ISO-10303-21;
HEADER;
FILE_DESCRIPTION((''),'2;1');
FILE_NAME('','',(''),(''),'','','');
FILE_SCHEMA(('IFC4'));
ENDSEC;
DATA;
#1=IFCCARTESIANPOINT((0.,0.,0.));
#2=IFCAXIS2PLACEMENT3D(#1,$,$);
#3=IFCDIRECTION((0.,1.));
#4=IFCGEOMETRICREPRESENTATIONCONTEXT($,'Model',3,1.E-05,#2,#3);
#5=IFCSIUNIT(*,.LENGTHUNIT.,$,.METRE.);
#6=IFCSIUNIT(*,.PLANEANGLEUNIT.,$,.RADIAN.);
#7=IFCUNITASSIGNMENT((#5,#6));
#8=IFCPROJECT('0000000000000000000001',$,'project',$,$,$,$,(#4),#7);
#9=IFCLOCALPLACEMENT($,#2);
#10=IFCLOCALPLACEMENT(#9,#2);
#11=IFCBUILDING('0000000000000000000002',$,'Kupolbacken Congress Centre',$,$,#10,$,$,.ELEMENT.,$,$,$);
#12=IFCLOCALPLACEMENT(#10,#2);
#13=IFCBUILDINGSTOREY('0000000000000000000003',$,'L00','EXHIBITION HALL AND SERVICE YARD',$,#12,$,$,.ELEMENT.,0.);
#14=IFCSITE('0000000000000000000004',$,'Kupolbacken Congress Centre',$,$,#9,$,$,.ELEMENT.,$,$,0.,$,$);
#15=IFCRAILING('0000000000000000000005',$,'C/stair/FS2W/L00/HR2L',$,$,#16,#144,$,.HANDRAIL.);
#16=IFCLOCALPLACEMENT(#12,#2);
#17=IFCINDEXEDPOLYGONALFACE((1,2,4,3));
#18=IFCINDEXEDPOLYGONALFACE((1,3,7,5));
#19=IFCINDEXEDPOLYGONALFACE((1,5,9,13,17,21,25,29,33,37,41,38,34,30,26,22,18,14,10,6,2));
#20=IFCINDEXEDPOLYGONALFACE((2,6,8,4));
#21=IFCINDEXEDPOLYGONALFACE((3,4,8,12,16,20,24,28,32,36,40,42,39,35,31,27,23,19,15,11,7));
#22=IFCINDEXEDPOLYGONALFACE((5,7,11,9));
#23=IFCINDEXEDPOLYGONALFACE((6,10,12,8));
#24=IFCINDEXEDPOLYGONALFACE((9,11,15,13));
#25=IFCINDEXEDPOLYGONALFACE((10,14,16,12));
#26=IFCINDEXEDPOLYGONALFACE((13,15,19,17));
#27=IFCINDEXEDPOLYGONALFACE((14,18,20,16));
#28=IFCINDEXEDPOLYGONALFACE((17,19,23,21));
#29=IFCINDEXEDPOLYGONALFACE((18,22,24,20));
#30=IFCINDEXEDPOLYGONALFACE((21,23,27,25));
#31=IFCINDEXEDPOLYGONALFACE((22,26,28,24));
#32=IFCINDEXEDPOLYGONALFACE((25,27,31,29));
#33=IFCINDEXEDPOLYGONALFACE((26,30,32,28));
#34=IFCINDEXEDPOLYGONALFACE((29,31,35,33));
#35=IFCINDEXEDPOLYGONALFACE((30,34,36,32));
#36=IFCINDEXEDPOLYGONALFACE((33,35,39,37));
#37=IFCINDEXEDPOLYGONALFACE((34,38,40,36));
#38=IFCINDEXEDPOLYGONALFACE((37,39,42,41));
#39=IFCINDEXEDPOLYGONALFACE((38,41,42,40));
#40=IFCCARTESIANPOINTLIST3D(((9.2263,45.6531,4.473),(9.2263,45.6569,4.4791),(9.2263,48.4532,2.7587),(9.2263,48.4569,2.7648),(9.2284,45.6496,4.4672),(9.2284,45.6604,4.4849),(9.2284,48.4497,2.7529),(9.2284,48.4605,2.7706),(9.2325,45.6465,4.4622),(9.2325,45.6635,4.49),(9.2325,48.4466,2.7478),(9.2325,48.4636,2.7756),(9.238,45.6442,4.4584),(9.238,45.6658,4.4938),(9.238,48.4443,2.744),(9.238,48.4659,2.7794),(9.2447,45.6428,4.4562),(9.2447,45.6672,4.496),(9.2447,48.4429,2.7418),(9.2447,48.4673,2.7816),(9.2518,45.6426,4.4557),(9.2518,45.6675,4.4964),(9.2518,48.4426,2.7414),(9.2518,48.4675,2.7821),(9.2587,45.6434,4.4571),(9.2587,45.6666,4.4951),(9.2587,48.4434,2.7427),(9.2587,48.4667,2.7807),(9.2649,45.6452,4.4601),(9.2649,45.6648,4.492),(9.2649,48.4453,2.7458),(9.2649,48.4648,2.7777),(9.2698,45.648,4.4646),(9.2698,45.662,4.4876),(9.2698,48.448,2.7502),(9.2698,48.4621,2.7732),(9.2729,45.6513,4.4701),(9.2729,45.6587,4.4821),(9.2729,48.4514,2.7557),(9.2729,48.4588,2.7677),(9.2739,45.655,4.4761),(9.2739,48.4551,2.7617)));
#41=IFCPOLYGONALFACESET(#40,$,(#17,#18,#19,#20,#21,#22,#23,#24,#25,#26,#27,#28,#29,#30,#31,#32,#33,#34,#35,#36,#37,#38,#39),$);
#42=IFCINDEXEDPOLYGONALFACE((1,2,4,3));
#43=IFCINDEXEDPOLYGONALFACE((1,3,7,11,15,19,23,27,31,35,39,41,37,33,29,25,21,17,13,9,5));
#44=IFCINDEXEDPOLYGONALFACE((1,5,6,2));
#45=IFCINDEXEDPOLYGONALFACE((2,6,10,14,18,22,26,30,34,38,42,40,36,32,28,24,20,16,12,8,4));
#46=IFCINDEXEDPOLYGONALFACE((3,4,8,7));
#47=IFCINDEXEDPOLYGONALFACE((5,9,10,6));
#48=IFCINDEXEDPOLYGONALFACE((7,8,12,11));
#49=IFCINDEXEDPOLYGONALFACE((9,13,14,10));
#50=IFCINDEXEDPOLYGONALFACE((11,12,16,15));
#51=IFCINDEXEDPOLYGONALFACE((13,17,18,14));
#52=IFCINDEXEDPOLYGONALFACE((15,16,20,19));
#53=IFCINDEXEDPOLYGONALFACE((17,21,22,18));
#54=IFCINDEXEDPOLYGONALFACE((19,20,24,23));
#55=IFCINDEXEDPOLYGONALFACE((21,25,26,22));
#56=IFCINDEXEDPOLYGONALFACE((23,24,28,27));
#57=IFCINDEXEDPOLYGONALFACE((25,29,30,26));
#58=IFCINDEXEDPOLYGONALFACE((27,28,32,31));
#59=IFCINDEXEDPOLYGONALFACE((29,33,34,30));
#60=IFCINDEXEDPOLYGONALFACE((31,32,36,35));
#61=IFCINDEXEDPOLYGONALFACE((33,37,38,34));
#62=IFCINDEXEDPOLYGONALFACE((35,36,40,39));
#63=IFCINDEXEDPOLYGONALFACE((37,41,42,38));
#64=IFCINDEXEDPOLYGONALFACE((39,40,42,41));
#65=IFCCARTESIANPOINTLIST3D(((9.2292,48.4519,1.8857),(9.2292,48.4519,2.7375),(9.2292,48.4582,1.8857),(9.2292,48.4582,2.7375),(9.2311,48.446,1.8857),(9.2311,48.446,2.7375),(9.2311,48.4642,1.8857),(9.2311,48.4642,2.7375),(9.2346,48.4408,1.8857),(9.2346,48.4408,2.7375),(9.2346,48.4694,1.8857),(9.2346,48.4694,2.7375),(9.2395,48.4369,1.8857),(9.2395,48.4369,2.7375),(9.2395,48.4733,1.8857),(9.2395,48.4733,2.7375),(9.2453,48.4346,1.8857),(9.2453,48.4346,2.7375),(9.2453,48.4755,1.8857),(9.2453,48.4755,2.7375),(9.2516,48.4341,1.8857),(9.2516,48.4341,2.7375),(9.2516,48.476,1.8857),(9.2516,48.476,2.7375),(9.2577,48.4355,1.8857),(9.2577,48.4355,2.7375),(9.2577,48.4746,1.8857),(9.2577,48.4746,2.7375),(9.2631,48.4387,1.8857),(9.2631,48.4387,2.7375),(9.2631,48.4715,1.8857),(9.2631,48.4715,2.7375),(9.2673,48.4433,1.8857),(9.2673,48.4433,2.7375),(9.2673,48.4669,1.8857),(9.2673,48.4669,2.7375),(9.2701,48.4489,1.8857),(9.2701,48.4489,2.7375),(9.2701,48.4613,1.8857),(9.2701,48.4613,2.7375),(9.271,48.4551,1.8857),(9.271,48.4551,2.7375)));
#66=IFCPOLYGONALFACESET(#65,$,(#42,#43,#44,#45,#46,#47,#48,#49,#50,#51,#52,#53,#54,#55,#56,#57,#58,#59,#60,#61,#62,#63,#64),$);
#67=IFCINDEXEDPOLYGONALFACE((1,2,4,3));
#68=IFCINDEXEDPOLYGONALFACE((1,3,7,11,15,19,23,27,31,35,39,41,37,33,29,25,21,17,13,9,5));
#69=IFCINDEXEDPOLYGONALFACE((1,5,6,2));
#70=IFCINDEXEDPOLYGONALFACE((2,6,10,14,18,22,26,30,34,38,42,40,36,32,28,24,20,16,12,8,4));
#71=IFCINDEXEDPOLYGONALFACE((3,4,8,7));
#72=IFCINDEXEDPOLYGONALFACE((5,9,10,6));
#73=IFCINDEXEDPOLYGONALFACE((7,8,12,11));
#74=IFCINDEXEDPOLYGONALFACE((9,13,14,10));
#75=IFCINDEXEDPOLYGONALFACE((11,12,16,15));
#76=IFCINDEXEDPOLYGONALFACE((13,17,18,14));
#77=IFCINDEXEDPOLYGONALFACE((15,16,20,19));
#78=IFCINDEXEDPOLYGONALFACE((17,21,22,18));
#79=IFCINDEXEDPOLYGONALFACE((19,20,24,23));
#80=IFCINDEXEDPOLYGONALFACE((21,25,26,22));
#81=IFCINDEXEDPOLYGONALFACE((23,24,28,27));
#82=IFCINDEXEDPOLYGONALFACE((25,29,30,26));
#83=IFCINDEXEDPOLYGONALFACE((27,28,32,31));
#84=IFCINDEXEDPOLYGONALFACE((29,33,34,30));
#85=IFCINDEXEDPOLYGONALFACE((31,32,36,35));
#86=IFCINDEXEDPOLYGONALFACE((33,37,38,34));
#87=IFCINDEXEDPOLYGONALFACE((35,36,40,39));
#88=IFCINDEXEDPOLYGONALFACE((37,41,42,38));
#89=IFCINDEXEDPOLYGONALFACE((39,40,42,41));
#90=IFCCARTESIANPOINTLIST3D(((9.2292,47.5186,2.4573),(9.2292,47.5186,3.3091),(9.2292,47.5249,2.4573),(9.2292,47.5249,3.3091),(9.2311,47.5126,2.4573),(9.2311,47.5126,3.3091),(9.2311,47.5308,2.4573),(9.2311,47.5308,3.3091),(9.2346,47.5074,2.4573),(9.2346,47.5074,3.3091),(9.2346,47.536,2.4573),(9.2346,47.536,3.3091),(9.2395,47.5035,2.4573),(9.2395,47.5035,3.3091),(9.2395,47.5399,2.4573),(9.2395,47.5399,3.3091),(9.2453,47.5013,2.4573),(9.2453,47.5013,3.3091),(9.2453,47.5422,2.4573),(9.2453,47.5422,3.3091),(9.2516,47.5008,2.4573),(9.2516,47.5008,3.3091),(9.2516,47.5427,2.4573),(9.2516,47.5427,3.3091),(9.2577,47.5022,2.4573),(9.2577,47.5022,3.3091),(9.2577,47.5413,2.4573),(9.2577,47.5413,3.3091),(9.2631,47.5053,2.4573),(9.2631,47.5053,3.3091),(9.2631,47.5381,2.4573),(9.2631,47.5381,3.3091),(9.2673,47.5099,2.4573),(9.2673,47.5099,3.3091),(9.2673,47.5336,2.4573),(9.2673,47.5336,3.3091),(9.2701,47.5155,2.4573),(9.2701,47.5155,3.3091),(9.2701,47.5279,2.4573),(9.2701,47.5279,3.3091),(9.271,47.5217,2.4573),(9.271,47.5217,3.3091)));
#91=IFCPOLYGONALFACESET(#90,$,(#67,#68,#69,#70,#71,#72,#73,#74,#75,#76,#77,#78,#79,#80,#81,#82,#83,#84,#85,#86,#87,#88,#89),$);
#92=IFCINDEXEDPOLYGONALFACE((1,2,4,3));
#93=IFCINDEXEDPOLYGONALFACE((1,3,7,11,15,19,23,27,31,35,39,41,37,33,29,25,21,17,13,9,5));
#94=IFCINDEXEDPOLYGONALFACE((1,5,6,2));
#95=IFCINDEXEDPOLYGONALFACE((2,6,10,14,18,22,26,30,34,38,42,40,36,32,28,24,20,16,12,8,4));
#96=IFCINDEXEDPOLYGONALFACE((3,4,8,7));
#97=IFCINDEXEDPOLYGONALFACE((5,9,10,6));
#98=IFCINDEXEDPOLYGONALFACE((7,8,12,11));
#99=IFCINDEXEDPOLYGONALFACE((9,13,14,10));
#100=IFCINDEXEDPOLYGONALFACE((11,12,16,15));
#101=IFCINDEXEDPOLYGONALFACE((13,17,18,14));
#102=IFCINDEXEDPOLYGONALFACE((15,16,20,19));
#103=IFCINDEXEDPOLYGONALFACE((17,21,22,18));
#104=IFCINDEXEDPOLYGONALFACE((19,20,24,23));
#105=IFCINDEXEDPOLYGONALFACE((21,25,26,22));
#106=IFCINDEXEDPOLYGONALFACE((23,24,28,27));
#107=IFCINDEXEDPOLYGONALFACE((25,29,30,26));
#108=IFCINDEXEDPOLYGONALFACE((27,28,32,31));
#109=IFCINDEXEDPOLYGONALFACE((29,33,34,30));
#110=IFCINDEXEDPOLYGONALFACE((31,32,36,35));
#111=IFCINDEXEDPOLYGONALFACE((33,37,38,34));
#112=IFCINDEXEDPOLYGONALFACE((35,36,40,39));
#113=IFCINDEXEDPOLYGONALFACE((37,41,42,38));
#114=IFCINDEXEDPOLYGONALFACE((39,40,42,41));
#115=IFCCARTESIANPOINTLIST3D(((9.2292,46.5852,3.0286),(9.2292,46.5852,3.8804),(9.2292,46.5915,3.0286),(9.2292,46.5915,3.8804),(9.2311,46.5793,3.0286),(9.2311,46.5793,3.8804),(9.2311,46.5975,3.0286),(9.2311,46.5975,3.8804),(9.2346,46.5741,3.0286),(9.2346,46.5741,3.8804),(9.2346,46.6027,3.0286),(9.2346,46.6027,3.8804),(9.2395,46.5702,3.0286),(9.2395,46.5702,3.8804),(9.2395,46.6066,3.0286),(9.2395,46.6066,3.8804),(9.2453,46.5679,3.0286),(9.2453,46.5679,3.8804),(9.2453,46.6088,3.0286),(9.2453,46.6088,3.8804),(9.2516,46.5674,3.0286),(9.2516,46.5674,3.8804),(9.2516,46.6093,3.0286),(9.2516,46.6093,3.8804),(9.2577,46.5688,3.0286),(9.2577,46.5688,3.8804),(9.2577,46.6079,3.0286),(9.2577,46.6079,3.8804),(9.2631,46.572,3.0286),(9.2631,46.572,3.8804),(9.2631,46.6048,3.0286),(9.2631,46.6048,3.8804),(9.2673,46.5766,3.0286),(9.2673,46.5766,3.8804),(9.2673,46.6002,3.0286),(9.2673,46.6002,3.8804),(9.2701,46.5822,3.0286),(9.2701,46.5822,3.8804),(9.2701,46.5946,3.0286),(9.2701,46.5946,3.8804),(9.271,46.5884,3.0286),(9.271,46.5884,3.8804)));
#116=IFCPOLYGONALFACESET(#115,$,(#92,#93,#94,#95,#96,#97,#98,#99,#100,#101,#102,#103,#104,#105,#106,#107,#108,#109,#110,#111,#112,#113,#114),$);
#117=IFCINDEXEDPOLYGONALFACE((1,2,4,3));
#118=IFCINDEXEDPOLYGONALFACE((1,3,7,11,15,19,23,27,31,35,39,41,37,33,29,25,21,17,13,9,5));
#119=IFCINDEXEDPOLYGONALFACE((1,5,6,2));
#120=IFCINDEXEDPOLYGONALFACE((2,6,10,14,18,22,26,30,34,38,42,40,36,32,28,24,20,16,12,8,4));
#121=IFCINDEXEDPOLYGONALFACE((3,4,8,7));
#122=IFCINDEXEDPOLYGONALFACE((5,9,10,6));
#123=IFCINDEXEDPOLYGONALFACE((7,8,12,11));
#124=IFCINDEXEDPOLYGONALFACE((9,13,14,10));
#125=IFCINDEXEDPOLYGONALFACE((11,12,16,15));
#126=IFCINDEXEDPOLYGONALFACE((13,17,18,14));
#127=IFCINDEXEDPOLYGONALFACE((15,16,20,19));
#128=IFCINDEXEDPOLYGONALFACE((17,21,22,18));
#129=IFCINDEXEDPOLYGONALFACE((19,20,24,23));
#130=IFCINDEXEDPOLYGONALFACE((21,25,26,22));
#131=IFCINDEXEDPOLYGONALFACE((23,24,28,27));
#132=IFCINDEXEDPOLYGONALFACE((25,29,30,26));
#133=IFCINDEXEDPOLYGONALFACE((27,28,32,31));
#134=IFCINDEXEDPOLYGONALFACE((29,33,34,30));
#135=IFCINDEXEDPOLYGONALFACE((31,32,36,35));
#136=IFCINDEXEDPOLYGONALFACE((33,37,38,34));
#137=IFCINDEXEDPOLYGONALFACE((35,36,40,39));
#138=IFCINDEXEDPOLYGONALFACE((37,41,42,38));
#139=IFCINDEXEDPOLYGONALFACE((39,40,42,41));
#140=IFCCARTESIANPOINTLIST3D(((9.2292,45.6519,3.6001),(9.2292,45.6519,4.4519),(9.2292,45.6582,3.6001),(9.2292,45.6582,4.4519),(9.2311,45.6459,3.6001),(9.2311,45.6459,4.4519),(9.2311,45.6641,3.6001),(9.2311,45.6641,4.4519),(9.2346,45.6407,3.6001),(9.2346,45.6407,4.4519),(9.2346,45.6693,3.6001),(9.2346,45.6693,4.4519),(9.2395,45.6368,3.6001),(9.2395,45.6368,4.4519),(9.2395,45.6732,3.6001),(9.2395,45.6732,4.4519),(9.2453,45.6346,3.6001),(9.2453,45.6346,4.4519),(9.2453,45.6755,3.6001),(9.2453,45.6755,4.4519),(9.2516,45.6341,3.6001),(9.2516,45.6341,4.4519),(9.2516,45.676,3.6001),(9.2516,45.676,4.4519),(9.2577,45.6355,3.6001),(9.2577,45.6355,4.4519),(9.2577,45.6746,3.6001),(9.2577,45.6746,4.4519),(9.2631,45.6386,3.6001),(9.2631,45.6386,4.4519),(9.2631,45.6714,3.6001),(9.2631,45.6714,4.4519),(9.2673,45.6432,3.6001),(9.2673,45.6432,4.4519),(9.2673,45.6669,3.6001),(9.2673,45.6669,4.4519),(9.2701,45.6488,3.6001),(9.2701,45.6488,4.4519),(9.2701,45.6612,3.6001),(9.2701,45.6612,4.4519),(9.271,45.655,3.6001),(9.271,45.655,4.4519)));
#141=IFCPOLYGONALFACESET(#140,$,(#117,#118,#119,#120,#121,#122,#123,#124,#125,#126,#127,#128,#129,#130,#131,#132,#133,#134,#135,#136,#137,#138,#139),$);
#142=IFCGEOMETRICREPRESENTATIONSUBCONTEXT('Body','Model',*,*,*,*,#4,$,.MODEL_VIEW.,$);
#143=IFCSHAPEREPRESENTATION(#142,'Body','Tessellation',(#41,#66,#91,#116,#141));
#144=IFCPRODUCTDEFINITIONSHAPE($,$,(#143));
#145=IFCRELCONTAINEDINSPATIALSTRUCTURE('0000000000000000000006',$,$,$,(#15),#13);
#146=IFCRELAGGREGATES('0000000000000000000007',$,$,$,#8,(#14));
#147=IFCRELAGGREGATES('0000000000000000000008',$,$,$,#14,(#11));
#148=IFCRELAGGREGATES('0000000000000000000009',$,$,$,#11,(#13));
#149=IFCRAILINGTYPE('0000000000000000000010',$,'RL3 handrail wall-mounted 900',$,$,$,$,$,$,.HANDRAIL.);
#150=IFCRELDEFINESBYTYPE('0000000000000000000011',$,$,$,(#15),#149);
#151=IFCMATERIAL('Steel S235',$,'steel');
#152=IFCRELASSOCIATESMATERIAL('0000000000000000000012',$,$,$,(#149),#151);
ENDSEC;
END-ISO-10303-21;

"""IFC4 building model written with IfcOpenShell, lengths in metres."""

from ifc_helpers import new_model, si_unit, direction, frame, origin, origin_2d, place, context, subcontext, project, spatial, circle, extrude, material, type_object, element, save


model = new_model("IFC4")

# Units and contexts
model_context = context("Model", 3, precision=1e-05, world=origin(), true_north=direction((0.0, 1.0)))
body_context = subcontext(model_context, "Body", "Model", "MODEL_VIEW")
ifc_project = project(units=[si_unit("LENGTHUNIT", "METRE"), si_unit("PLANEANGLEUNIT", "RADIAN")], contexts=[model_context])

# Site, building, storey
site_placement = place(None, origin())
site = spatial("IfcSite", under=ifc_project, at=site_placement, Name="Kupolbacken Congress Centre", CompositionType="ELEMENT", RefElevation=0.0)
building_placement = place(site_placement, origin())
building = spatial("IfcBuilding", under=site, at=building_placement, Name="Kupolbacken Congress Centre", CompositionType="ELEMENT")
storey_placement = place(building_placement, origin())
storey = spatial("IfcBuildingStorey", under=building, at=storey_placement, Name="L00", Description="EXHIBITION HALL AND SERVICE YARD", CompositionType="ELEMENT", Elevation=0.0)

# Railing
ifc_material_1 = material(Name="Steel S235", Category="steel")
railing_type = type_object("IfcRailingType", Name="RL3 handrail wall-mounted 900", PredefinedType="HANDRAIL", material=ifc_material_1)
for number, where, name in (
    (1, (9.25, 48.4551, 1.8857), "C/stair/FS2W/L00/HR2L"),
):
    element("IfcRailing", number, at=place(storey_placement, frame(where)), inside=storey, type_object=railing_type, Name=name, PredefinedType="HANDRAIL", context=body_context, shape_type="SweptSolid", body=[
        extrude(circle(Radius=0.0239, at=origin_2d()), frame((0.0, 0.0, 0.876), z_axis=(0.0, -0.852846, 0.522163), x_axis=(1.0, 0.0, 0.0)), (0.0, 0.0, 1.0), 3.2832),
        extrude(circle(Radius=0.021, at=origin_2d()), origin(), (0.0, 0.0, 1.0), 0.8518),
        extrude(circle(Radius=0.021, at=origin_2d()), frame((0.0, -0.9333, 0.5715)), (0.0, 0.0, 1.0), 0.8518),
        extrude(circle(Radius=0.021, at=origin_2d()), frame((0.0, -1.8667, 1.1428)), (0.0, 0.0, 1.0), 0.8518),
        extrude(circle(Radius=0.021, at=origin_2d()), frame((0.0, -2.8, 1.7144)), (0.0, 0.0, 1.0), 0.8518),
    ])

save(model, "model.ifc")
